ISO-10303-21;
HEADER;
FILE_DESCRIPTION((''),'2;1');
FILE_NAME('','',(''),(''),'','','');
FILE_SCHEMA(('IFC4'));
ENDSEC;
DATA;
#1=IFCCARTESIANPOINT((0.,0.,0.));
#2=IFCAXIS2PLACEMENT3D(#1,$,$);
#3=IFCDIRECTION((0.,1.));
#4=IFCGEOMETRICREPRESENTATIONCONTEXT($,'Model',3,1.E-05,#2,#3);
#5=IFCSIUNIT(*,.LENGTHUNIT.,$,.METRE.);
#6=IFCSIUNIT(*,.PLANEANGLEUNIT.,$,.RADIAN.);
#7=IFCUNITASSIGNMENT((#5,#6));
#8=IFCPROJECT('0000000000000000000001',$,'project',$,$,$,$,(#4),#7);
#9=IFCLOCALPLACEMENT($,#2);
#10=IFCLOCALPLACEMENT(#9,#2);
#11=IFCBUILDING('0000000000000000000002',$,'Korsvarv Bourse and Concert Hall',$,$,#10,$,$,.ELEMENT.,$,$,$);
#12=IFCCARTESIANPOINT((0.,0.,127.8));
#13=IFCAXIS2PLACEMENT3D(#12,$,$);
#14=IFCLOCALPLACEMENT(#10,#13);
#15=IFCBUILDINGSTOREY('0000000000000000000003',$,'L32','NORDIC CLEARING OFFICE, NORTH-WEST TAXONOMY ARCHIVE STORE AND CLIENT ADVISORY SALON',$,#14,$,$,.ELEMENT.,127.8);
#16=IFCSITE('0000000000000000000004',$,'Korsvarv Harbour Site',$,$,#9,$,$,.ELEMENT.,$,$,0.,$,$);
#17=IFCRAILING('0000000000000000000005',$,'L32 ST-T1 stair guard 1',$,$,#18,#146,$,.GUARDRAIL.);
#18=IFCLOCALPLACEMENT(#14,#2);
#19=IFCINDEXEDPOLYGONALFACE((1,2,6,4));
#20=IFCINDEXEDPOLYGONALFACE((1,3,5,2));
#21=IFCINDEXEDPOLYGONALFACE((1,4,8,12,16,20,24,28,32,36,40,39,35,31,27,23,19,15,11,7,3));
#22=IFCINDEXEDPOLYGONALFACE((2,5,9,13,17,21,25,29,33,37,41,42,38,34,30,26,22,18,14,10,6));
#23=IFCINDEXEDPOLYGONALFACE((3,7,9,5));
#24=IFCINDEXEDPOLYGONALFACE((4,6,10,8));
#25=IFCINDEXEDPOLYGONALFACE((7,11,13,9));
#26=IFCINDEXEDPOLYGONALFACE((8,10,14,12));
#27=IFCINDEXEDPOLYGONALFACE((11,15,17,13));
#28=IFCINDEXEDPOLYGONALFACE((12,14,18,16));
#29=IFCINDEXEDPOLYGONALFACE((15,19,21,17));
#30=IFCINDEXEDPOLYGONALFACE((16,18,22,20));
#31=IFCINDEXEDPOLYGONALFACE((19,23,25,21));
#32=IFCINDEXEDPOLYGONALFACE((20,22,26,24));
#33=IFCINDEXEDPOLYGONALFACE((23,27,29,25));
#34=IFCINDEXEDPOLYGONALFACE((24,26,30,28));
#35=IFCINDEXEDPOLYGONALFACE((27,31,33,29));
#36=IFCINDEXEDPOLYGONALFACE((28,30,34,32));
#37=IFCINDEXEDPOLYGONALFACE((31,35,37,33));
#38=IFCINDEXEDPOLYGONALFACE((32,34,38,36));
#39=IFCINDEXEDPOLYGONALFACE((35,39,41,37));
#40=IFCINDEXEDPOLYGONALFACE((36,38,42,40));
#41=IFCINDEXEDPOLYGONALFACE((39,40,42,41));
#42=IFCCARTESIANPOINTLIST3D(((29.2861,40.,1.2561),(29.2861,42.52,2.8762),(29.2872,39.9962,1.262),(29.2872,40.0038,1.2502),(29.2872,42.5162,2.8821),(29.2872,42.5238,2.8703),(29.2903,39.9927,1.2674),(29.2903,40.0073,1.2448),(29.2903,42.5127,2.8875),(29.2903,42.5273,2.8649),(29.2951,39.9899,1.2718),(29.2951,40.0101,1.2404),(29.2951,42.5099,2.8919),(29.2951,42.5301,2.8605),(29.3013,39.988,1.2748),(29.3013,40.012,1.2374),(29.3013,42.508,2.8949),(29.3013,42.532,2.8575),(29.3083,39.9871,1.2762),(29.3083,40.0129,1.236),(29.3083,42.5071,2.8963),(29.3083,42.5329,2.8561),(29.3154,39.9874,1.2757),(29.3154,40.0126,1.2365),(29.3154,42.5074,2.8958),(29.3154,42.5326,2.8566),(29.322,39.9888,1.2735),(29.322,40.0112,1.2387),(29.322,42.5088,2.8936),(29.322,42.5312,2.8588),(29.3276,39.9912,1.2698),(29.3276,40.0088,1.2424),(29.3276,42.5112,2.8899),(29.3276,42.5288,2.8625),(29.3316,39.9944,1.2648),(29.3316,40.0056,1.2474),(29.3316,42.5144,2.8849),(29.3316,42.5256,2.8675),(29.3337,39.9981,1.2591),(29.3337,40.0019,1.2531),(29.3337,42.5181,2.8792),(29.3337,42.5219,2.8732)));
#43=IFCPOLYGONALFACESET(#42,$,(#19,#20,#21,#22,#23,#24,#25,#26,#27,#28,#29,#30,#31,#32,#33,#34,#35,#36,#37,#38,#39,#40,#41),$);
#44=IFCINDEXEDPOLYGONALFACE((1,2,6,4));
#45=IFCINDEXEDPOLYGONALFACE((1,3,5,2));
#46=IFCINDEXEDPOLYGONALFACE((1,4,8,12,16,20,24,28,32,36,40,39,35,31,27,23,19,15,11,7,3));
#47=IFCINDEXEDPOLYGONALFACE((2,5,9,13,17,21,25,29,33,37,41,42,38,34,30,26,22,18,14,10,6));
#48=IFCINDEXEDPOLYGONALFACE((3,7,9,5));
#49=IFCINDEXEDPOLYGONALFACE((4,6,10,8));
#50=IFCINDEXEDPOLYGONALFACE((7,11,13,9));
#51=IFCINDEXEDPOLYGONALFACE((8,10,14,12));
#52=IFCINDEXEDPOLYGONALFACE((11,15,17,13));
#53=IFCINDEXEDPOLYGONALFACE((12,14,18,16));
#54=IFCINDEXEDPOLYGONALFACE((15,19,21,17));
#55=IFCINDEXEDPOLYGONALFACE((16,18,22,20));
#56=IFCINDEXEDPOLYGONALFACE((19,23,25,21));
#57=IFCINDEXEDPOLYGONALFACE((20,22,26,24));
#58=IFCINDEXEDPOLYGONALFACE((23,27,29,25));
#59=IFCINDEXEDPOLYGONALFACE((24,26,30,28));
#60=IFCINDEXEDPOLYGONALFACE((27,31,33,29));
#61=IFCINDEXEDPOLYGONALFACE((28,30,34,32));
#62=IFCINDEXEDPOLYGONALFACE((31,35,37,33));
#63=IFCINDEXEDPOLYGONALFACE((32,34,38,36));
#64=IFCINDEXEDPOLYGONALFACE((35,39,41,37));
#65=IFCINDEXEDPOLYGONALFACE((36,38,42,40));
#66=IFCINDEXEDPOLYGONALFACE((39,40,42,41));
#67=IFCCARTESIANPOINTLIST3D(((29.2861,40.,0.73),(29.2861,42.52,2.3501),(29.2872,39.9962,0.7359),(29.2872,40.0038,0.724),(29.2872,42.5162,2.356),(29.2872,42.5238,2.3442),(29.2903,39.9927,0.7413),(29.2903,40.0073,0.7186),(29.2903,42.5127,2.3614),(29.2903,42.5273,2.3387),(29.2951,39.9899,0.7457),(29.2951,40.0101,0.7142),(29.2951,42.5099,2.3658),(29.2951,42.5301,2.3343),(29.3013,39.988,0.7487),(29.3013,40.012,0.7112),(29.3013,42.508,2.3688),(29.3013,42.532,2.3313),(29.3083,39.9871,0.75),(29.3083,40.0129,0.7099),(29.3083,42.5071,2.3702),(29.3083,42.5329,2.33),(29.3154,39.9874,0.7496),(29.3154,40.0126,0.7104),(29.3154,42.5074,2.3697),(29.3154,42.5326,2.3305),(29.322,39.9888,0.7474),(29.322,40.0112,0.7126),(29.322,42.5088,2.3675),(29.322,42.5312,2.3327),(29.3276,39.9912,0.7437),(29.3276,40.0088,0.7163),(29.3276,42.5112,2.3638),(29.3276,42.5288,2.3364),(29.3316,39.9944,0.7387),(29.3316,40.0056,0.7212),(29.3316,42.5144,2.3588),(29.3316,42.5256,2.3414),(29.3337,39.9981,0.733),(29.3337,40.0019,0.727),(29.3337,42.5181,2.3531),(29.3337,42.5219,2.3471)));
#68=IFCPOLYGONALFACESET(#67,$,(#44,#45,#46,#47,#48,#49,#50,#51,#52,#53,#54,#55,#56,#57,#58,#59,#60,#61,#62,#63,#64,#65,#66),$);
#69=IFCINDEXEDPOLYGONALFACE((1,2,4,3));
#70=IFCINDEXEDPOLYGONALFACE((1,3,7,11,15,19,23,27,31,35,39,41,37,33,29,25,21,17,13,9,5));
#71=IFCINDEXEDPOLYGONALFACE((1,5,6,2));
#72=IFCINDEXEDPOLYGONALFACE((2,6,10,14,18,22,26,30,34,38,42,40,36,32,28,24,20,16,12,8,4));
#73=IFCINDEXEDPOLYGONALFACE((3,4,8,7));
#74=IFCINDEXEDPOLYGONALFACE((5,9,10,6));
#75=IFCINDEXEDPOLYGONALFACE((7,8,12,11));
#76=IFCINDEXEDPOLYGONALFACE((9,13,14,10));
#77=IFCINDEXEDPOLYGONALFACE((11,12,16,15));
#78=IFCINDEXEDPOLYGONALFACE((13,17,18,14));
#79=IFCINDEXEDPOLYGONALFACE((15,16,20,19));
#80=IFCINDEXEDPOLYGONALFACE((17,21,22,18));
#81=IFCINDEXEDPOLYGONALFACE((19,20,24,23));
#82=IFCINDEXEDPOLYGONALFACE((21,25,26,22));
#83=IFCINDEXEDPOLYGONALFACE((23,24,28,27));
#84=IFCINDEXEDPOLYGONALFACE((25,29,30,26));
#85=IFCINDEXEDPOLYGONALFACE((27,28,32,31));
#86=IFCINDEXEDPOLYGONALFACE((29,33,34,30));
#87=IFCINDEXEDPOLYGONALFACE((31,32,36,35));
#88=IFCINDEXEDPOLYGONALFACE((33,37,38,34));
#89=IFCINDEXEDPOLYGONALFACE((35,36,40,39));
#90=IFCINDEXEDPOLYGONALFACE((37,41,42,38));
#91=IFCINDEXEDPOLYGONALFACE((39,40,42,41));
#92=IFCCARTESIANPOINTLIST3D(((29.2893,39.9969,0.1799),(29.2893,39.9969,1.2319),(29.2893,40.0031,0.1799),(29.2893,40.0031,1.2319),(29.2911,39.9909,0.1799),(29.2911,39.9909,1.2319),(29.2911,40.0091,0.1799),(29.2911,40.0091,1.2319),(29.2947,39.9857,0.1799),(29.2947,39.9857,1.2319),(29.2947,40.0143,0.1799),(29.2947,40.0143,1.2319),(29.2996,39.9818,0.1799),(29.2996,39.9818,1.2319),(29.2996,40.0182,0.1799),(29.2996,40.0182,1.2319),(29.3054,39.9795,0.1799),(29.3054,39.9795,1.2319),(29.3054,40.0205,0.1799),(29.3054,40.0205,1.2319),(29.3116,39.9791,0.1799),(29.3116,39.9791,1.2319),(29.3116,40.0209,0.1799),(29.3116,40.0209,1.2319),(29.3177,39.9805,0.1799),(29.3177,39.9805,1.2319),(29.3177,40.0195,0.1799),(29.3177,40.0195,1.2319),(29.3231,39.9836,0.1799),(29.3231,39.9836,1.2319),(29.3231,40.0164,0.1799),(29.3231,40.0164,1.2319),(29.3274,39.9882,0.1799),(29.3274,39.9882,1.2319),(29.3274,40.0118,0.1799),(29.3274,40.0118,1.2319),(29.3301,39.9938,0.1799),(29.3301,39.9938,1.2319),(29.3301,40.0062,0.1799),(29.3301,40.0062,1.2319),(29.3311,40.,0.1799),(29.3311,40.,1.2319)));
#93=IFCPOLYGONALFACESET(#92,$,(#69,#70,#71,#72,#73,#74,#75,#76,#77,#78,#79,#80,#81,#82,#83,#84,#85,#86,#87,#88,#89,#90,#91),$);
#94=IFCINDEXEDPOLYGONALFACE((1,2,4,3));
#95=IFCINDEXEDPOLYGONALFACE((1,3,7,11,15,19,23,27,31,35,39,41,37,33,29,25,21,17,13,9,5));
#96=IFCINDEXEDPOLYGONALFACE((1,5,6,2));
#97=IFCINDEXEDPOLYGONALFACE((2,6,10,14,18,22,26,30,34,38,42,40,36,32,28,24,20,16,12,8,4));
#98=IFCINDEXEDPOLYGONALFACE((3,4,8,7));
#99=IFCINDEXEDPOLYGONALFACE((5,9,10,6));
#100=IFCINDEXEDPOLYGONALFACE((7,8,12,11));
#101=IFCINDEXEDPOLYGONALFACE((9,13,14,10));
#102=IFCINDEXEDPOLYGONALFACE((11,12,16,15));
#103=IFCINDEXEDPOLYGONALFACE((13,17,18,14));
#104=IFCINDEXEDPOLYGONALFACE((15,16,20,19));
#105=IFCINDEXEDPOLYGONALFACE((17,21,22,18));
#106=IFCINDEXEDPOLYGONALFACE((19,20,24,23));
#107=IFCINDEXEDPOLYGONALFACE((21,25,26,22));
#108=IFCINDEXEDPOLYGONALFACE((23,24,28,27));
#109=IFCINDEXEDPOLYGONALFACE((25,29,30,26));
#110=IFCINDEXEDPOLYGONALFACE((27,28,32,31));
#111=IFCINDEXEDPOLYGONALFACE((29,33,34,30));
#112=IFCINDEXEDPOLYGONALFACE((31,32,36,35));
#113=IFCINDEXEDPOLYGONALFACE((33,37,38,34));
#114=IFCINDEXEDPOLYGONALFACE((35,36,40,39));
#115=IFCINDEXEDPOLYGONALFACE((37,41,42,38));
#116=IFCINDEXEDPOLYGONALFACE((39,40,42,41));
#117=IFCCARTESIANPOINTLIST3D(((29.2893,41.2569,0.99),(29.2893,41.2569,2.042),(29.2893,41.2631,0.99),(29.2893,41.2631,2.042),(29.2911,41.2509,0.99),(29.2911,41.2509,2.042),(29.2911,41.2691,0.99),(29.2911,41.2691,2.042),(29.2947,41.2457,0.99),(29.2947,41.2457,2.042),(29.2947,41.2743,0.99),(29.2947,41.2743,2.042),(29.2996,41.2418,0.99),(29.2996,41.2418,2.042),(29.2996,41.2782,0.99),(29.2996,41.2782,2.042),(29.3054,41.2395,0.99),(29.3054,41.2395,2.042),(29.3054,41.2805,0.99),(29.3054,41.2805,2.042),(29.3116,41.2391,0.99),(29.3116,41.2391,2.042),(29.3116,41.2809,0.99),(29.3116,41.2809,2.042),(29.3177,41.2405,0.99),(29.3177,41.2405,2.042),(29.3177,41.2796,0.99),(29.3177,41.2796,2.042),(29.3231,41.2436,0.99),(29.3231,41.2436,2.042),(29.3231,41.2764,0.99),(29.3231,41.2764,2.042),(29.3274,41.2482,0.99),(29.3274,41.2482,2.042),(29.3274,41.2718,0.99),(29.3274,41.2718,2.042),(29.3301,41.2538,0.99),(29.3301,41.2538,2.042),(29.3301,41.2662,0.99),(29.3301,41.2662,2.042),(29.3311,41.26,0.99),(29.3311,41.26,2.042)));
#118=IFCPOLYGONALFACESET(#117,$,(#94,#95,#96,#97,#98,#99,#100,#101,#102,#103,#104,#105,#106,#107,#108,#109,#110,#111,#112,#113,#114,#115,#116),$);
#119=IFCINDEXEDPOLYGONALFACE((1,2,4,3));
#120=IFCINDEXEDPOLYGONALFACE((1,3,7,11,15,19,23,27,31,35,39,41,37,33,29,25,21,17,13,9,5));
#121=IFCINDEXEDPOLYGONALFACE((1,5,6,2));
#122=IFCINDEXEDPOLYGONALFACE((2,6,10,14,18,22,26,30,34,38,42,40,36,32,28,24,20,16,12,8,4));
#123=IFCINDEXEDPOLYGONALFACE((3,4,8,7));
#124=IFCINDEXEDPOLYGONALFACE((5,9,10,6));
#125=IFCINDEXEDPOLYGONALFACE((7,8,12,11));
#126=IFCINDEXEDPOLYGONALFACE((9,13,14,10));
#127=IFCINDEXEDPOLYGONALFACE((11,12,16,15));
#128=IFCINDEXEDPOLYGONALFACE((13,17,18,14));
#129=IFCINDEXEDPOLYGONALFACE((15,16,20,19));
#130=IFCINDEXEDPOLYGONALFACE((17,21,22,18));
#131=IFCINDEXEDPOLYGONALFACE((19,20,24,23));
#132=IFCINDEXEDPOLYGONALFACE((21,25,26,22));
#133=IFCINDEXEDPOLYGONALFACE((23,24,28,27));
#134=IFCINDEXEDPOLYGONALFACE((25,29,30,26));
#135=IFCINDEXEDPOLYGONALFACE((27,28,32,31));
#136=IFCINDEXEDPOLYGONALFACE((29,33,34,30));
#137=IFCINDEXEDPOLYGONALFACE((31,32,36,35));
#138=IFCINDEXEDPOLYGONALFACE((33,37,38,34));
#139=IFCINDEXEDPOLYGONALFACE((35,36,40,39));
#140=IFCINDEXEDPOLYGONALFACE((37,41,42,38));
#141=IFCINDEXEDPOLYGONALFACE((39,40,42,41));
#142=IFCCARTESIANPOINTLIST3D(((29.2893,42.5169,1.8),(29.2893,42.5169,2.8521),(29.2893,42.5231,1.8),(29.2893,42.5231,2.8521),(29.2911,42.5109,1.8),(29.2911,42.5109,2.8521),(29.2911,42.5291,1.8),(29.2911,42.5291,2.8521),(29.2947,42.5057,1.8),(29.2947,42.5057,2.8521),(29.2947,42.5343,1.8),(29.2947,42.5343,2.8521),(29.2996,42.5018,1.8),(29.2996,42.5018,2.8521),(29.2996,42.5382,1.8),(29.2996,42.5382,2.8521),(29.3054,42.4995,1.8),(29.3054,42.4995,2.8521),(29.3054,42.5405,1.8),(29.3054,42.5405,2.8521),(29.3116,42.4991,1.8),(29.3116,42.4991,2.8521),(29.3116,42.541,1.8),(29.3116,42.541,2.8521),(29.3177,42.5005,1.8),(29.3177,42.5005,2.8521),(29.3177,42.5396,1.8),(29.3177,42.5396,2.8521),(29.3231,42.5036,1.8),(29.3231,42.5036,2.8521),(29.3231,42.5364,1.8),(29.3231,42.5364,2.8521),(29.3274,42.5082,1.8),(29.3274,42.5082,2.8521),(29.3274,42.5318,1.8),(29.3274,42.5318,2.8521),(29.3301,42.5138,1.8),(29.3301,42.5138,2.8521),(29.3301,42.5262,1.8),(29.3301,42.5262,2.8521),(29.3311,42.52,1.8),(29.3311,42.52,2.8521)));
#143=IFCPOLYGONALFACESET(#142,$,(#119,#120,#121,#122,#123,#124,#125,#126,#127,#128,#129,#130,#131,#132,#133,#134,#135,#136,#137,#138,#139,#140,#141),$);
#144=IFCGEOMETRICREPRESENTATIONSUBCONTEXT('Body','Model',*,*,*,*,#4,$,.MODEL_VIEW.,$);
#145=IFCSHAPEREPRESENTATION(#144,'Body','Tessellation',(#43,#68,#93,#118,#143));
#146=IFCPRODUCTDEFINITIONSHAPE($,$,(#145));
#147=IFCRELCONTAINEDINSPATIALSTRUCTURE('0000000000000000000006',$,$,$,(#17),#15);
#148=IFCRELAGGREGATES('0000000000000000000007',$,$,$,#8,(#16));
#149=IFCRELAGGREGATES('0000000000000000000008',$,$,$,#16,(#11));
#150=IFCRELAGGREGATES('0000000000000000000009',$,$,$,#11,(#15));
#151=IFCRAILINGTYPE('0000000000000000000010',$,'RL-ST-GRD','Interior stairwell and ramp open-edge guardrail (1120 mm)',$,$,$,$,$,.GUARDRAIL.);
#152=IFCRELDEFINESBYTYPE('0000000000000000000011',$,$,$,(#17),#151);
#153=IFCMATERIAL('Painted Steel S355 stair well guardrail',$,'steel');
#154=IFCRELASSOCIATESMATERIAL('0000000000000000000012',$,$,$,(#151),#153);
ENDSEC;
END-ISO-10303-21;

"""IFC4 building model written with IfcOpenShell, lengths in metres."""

from ifc_helpers import new_model, si_unit, direction, frame, origin, origin_2d, place, context, subcontext, project, spatial, circle, extrude, material, type_object, element, save


model = new_model("IFC4")

# Units and contexts
model_context = context("Model", 3, precision=1e-05, world=origin(), true_north=direction((0.0, 1.0)))
body_context = subcontext(model_context, "Body", "Model", "MODEL_VIEW")
ifc_project = project(units=[si_unit("LENGTHUNIT", "METRE"), si_unit("PLANEANGLEUNIT", "RADIAN")], contexts=[model_context])

# Site, building, storey
site_placement = place(None, origin())
site = spatial("IfcSite", under=ifc_project, at=site_placement, Name="Korsvarv Harbour Site", CompositionType="ELEMENT", RefElevation=0.0)
building_placement = place(site_placement, origin())
building = spatial("IfcBuilding", under=site, at=building_placement, Name="Korsvarv Bourse and Concert Hall", CompositionType="ELEMENT")
storey_placement = place(building_placement, frame((0.0, 0.0, 127.8)))
storey = spatial("IfcBuildingStorey", under=building, at=storey_placement, Name="L32", Description="NORDIC CLEARING OFFICE, NORTH-WEST TAXONOMY ARCHIVE STORE AND CLIENT ADVISORY SALON", CompositionType="ELEMENT", Elevation=127.8)

# Railing
ifc_material_1 = material(Name="Painted Steel S355 stair well guardrail", Category="steel")
railing_type_1 = type_object("IfcRailingType", Name="RL-ST-GRD", Description="Interior stairwell and ramp open-edge guardrail (1120 mm)", PredefinedType="GUARDRAIL", material=ifc_material_1)
railing_1_placement = place(storey_placement, frame((29.3101, 40.0, 0.1799)))
element("IfcRailing", 1, at=railing_1_placement, inside=storey, type_object=railing_type_1, Name="L32 ST-T1 stair guard 1", PredefinedType="GUARDRAIL", context=body_context, shape_type="SweptSolid", body=[
    extrude(circle(Radius=0.0239, at=origin_2d()), frame((0.0, 0.0, 1.0762), z_axis=(0.0, 0.841163, 0.540782), x_axis=(-1.0, 0.0, 0.0)), (0.0, 0.0, 1.0), 2.9958),
    extrude(circle(Radius=0.0239, at=origin_2d()), frame((0.0, 0.0, 0.55), z_axis=(0.0, 0.841163, 0.540782), x_axis=(-1.0, 0.0, 0.0)), (0.0, 0.0, 1.0), 2.9958),
    extrude(circle(Radius=0.021, at=origin_2d()), origin(), (0.0, 0.0, 1.0), 1.052),
    extrude(circle(Radius=0.021, at=origin_2d()), frame((0.0, 1.26, 0.8101)), (0.0, 0.0, 1.0), 1.052),
    extrude(circle(Radius=0.021, at=origin_2d()), frame((0.0, 2.52, 1.6201)), (0.0, 0.0, 1.0), 1.052),
])

save(model, "model.ifc")
